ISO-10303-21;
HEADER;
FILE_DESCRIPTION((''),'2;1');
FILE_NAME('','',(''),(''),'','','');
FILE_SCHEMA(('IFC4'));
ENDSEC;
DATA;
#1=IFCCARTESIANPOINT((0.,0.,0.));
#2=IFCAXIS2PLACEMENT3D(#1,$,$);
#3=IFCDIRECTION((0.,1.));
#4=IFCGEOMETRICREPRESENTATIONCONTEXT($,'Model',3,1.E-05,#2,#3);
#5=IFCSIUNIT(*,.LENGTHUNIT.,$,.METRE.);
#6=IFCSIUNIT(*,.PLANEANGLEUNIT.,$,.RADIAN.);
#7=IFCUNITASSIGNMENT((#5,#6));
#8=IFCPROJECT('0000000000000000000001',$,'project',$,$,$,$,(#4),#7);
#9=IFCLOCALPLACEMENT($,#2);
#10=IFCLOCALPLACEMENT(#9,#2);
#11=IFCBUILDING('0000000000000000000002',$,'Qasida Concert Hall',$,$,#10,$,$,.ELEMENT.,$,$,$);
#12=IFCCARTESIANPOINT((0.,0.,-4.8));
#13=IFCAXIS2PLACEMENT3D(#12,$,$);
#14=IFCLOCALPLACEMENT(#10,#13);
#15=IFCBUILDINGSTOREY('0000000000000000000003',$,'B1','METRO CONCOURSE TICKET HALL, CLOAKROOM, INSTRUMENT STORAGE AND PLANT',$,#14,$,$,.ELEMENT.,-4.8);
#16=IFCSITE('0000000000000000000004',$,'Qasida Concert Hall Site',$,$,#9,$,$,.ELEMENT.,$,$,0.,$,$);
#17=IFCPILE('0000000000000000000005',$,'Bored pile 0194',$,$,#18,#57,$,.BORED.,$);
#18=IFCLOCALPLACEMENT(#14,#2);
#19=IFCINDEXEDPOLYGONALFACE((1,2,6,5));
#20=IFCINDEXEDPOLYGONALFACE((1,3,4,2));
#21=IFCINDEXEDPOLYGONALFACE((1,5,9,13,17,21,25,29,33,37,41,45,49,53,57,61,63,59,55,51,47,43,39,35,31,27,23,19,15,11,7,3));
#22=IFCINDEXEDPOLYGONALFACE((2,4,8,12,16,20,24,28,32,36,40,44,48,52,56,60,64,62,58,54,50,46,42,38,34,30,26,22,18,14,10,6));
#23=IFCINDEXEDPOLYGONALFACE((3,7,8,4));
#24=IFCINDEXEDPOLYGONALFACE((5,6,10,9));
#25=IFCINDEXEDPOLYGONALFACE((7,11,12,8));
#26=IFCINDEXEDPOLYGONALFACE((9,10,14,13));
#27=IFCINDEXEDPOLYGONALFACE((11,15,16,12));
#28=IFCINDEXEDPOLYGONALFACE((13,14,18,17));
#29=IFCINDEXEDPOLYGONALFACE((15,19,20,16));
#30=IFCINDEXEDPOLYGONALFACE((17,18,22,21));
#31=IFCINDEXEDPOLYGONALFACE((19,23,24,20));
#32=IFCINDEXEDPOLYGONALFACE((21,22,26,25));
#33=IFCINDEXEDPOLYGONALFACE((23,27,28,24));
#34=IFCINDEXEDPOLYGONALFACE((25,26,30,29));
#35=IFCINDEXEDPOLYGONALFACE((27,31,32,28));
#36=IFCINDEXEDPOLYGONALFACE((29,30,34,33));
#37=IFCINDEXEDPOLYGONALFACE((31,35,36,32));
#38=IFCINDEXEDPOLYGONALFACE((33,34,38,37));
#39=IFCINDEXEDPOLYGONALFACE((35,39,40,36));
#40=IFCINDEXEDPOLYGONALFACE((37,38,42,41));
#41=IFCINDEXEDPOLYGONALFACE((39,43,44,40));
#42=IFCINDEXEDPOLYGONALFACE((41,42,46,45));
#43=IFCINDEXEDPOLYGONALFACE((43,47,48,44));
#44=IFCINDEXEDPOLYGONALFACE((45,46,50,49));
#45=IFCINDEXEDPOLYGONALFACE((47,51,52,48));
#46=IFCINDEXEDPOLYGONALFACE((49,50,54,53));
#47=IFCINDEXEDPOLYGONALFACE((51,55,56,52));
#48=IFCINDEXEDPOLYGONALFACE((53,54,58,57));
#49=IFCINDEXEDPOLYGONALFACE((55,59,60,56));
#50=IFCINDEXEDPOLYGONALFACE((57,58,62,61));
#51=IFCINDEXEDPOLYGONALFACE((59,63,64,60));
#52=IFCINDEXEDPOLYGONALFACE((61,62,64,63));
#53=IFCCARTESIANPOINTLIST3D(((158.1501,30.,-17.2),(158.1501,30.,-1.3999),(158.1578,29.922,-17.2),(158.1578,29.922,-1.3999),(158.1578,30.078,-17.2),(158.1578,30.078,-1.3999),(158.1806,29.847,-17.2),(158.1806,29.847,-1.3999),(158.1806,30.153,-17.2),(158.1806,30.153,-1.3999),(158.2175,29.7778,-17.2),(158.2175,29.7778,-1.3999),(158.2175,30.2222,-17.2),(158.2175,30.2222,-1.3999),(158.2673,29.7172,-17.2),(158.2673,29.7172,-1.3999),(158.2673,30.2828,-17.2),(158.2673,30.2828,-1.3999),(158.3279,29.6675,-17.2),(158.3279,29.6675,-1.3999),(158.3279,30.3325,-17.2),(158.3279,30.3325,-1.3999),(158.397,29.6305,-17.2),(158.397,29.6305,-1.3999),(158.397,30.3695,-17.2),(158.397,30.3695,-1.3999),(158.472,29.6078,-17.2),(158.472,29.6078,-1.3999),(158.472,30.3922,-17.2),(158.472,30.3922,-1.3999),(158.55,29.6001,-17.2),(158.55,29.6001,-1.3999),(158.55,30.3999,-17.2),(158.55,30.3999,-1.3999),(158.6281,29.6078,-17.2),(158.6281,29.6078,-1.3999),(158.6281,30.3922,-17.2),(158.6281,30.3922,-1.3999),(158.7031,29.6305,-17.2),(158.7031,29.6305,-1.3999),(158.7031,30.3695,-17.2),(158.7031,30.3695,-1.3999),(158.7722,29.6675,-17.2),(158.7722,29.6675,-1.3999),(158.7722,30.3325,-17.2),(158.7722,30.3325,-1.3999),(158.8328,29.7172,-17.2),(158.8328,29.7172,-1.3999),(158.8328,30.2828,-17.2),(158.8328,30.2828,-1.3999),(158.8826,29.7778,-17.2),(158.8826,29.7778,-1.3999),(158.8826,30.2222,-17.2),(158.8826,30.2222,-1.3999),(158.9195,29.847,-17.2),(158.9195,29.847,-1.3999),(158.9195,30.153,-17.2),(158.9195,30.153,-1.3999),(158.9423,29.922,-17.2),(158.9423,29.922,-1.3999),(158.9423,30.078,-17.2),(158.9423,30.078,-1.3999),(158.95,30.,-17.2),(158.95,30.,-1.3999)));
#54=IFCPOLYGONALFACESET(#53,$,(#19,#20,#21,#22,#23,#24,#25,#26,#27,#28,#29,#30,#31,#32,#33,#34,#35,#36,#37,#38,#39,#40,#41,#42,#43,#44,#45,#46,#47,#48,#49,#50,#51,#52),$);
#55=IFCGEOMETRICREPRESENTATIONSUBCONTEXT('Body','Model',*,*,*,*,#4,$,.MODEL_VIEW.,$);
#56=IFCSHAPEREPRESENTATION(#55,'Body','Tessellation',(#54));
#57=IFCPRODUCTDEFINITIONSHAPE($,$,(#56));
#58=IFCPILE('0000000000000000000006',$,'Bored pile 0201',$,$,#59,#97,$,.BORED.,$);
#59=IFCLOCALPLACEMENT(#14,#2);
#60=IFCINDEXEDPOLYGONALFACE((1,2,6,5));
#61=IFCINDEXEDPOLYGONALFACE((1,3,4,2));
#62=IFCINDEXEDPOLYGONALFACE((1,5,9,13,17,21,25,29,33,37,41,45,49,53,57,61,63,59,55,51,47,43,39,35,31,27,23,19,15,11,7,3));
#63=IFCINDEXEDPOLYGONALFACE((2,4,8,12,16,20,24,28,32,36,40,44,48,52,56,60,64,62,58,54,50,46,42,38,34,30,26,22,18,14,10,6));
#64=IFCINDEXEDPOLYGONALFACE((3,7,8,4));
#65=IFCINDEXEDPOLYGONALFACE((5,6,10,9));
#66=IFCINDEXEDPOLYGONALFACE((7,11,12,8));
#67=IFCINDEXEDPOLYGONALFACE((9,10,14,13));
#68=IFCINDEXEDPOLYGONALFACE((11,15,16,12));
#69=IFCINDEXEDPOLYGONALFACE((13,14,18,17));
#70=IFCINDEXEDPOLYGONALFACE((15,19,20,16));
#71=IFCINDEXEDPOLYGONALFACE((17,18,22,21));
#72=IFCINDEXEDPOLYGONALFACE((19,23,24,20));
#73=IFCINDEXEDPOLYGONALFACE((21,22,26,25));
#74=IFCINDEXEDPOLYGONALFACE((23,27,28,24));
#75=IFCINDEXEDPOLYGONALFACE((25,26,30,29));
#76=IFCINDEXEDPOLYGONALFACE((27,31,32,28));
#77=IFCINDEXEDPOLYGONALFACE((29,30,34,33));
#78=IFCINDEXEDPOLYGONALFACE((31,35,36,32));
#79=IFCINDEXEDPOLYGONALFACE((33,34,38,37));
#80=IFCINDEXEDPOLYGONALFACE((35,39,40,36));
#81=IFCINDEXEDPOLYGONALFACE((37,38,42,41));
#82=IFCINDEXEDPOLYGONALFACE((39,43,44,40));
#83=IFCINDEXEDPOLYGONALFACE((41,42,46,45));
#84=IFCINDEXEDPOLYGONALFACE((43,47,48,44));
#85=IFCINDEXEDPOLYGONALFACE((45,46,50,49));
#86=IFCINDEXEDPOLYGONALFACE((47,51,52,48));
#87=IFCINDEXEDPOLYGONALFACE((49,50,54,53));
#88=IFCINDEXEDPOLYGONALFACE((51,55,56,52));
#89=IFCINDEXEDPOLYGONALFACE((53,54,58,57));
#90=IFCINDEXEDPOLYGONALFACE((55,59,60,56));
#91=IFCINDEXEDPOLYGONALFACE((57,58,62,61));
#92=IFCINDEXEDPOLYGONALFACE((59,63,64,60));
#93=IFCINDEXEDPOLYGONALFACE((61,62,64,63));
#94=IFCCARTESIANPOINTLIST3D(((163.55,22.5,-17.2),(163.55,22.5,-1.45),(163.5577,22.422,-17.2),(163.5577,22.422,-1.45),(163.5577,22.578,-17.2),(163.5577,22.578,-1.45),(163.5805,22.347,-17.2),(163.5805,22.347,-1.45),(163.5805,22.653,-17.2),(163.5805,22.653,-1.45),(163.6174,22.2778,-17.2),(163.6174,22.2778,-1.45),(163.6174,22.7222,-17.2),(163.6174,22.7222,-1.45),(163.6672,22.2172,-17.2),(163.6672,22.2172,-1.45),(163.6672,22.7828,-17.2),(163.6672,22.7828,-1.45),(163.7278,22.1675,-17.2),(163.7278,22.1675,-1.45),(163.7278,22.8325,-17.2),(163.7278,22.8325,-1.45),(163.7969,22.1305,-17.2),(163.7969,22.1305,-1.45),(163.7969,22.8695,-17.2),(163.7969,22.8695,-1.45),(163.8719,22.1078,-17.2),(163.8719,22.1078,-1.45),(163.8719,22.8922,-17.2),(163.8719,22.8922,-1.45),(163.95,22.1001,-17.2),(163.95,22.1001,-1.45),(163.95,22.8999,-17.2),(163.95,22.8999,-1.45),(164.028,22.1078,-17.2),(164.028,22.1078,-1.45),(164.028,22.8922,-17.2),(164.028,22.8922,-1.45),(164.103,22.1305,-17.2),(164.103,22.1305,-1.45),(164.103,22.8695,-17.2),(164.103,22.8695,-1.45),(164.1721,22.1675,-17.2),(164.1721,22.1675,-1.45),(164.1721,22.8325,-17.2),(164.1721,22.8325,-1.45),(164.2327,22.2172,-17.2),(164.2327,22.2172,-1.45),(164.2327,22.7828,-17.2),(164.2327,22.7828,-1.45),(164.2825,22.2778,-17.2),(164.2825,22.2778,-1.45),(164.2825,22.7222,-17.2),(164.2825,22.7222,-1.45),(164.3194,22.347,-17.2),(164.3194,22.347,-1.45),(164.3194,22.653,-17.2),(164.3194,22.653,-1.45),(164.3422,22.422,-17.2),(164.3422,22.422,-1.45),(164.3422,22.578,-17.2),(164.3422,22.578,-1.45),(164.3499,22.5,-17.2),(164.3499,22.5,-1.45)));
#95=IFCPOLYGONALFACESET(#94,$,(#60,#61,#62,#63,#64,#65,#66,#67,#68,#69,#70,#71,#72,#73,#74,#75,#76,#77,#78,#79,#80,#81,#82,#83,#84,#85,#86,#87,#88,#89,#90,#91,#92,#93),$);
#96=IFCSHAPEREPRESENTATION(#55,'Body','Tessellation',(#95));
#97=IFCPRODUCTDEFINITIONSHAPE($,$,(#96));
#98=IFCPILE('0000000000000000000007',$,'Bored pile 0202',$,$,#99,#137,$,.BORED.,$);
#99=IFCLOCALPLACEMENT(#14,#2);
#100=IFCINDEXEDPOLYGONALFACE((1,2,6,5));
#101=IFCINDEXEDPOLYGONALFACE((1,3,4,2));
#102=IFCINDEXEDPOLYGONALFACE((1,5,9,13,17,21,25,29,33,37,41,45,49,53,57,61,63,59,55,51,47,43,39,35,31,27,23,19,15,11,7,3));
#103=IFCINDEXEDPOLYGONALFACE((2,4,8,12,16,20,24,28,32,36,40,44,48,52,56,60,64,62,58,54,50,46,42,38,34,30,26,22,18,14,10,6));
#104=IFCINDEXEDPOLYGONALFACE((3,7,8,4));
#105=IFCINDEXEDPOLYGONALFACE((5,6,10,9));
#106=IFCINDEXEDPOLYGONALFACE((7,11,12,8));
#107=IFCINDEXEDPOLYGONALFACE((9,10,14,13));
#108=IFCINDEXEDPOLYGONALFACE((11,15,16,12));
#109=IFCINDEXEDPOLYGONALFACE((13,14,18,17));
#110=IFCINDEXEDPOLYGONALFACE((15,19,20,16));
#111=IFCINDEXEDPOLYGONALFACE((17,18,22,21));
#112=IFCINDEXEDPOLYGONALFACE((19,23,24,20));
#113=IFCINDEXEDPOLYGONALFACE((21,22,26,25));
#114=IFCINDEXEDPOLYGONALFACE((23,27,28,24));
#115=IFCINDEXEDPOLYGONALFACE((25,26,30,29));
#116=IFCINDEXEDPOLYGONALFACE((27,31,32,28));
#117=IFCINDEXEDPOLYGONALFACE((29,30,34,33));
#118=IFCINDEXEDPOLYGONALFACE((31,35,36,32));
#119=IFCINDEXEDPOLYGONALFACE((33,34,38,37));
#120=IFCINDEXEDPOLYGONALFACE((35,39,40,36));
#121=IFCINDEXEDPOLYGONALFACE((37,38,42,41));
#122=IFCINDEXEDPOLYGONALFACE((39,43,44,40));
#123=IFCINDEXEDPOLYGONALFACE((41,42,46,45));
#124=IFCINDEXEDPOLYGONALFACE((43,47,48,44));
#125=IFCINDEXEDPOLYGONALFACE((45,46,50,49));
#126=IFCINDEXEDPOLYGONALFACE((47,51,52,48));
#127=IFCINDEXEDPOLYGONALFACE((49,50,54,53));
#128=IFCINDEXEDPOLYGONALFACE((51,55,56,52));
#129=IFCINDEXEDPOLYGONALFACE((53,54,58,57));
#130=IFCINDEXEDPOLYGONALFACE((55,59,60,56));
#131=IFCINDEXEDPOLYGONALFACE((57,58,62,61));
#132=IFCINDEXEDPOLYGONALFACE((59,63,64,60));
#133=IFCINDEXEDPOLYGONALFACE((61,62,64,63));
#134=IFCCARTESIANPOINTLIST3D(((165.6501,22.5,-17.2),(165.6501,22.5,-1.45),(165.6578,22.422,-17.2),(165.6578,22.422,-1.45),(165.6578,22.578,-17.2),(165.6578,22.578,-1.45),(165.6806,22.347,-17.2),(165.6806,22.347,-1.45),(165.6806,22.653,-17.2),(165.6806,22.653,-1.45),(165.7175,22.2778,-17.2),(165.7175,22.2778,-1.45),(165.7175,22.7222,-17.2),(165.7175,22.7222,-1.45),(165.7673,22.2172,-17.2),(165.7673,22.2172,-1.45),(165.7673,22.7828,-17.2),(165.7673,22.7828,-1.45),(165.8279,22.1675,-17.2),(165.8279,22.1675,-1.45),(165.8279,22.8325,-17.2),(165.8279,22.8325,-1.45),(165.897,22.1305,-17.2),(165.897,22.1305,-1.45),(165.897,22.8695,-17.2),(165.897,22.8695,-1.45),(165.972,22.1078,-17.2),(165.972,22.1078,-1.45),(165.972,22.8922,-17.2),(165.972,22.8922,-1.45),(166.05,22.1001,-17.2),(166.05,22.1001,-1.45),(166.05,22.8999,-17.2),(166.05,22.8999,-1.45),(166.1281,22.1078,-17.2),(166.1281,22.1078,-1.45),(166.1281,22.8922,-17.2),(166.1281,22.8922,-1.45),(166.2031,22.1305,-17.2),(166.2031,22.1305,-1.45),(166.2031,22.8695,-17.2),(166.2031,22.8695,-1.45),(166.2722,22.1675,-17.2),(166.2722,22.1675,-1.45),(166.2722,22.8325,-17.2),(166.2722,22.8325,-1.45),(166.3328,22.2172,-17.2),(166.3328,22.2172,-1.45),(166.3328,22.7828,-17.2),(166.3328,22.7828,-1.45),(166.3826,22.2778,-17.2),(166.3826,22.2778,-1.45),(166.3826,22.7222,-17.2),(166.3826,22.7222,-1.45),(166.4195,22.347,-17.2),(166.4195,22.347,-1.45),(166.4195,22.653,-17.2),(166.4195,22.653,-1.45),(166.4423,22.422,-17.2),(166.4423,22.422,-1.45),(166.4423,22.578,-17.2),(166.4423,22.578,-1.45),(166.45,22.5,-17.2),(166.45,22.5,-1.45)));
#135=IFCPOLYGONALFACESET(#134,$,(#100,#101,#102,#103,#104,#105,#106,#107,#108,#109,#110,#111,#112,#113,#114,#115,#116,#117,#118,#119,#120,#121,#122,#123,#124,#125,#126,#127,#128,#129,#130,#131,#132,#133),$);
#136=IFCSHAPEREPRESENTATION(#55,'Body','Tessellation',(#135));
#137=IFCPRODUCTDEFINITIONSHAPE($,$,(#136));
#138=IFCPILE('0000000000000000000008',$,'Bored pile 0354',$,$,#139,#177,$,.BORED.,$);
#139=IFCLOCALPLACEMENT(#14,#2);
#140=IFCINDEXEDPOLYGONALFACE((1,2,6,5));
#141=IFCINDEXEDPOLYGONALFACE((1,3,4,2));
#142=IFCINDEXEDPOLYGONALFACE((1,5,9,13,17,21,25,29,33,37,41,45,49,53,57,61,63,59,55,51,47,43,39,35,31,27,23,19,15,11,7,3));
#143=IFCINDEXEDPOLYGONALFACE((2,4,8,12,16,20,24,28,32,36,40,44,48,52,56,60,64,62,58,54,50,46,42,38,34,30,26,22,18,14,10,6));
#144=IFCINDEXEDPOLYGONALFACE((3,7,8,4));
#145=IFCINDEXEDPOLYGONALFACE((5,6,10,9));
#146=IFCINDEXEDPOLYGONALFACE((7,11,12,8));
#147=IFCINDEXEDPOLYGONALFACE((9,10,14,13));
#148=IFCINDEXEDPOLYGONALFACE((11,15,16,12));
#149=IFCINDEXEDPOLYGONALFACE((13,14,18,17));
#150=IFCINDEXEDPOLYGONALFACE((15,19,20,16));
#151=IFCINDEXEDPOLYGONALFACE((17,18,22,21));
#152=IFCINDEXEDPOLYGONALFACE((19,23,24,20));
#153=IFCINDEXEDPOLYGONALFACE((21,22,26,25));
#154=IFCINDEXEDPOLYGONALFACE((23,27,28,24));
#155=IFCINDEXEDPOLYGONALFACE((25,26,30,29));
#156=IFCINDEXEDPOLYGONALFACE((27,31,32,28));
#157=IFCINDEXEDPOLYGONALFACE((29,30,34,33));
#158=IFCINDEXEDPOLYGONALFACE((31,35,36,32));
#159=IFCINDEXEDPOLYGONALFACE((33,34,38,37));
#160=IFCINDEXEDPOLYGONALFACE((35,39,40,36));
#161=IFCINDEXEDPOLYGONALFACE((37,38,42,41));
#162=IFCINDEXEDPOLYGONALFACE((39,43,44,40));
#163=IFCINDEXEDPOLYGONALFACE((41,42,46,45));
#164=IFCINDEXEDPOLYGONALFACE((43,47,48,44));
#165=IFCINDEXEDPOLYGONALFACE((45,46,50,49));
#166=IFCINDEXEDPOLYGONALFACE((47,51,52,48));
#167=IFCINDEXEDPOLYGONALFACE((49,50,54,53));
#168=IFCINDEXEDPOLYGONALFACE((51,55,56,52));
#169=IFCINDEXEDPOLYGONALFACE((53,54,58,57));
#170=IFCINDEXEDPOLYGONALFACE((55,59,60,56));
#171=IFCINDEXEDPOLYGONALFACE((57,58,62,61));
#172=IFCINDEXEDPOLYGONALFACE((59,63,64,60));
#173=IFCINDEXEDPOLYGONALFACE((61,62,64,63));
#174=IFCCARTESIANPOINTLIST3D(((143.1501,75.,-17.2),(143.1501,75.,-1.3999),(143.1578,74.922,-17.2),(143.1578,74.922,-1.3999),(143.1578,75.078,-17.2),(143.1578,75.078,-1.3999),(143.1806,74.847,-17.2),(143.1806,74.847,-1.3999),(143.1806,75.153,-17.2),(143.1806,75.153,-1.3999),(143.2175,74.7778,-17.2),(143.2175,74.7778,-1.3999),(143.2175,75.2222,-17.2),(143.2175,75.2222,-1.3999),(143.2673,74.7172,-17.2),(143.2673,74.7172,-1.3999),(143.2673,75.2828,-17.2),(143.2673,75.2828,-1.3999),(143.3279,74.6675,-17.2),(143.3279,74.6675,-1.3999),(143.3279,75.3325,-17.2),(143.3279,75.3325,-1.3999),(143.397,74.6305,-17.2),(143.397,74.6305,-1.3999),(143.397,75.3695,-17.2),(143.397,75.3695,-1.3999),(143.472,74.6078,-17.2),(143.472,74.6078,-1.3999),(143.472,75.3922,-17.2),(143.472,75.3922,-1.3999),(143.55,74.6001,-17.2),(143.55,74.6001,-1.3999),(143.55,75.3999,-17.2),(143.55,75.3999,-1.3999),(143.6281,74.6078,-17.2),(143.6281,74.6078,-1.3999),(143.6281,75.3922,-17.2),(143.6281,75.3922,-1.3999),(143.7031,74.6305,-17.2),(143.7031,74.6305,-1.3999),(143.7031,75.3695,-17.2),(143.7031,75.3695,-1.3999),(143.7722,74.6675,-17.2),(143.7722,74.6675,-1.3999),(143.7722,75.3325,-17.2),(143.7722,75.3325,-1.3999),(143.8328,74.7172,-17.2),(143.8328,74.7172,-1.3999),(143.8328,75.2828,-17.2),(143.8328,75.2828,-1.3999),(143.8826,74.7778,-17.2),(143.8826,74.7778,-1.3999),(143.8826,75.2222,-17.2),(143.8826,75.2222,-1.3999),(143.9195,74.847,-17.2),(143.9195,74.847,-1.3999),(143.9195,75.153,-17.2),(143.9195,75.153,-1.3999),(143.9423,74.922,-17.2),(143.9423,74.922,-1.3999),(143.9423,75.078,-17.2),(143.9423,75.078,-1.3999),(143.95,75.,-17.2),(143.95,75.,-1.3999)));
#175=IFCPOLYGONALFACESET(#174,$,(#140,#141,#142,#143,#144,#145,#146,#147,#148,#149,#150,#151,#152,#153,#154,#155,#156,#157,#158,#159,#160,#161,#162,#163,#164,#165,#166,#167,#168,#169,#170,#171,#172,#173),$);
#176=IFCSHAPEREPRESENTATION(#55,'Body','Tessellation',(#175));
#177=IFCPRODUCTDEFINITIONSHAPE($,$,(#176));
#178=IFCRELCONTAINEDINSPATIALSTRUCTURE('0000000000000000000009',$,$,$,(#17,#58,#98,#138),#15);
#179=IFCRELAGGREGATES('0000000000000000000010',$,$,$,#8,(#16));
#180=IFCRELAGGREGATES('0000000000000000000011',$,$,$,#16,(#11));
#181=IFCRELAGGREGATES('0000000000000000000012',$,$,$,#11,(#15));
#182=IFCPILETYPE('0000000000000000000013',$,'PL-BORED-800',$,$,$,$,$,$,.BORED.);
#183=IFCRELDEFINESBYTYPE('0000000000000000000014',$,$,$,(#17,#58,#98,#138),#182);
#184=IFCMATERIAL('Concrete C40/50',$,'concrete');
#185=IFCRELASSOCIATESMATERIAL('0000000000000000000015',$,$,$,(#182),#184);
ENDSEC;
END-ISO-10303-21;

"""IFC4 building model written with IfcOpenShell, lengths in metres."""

from ifc_helpers import new_model, si_unit, direction, frame, origin, origin_2d, place, context, subcontext, project, spatial, circle, extrude, material, material_profile, profile_set, type_object, element, save


model = new_model("IFC4")

# Units and contexts
model_context = context("Model", 3, precision=1e-05, world=origin(), true_north=direction((0.0, 1.0)))
body_context = subcontext(model_context, "Body", "Model", "MODEL_VIEW")
ifc_project = project(units=[si_unit("LENGTHUNIT", "METRE"), si_unit("PLANEANGLEUNIT", "RADIAN")], contexts=[model_context])

# Site, building, storey
site_placement = place(None, origin())
site = spatial("IfcSite", under=ifc_project, at=site_placement, Name="Qasida Concert Hall Site", CompositionType="ELEMENT", RefElevation=0.0)
building_placement = place(site_placement, origin())
building = spatial("IfcBuilding", under=site, at=building_placement, Name="Qasida Concert Hall", CompositionType="ELEMENT")
storey_placement = place(building_placement, frame((0.0, 0.0, -4.8)))
storey = spatial("IfcBuildingStorey", under=building, at=storey_placement, Name="B1", Description="METRO CONCOURSE TICKET HALL, CLOAKROOM, INSTRUMENT STORAGE AND PLANT", CompositionType="ELEMENT", Elevation=-4.8)

# Shared definitions
ifc_material_1 = material(Name="Concrete C40/50", Category="concrete")

# Piles
ifc_material_profile_1 = material_profile(ifc_material_1, circle(Radius=0.3999, at=origin_2d()), Name="BORED PILE D800")
ifc_profile_set_1 = profile_set([ifc_material_profile_1], Name="Concrete C40/50")
pile_type = type_object("IfcPileType", Name="PL-BORED-800", PredefinedType="BORED", material=ifc_profile_set_1)
for number, where, z_axis, x_axis, name in (
    (1, (158.55, 30.0, -1.3999), (0.0, 0.0, -1.0), (1.0, 0.0, 0.0), "Bored pile 0194"),
):
    element("IfcPile", number, at=place(storey_placement, frame(where, z_axis=z_axis, x_axis=x_axis)), inside=storey, type_object=pile_type, Name=name, PredefinedType="BORED", context=body_context, shape_type="SweptSolid", body=[
        extrude(circle(Radius=0.3999, at=origin_2d()), origin(), (0.0, 0.0, 1.0), 15.8),
    ])
for number, where, z_axis, x_axis, name in (
    (2, (163.95, 22.5, -1.45), (0.0, 0.0, -1.0), (1.0, 0.0, 0.0), "Bored pile 0201"),
    (3, (166.05, 22.5, -1.45), (0.0, 0.0, -1.0), (1.0, 0.0, 0.0), "Bored pile 0202"),
):
    element("IfcPile", number, at=place(storey_placement, frame(where, z_axis=z_axis, x_axis=x_axis)), inside=storey, type_object=pile_type, Name=name, PredefinedType="BORED", context=body_context, shape_type="SweptSolid", body=[
        extrude(circle(Radius=0.3999, at=origin_2d()), origin(), (0.0, 0.0, 1.0), 15.75),
    ])
for number, where, z_axis, x_axis, name in (
    (4, (143.55, 75.0, -1.3999), (0.0, 0.0, -1.0), (1.0, 0.0, 0.0), "Bored pile 0354"),
):
    element("IfcPile", number, at=place(storey_placement, frame(where, z_axis=z_axis, x_axis=x_axis)), inside=storey, type_object=pile_type, Name=name, PredefinedType="BORED", context=body_context, shape_type="SweptSolid", body=[
        extrude(circle(Radius=0.3999, at=origin_2d()), origin(), (0.0, 0.0, 1.0), 15.8),
    ])

save(model, "model.ifc")
